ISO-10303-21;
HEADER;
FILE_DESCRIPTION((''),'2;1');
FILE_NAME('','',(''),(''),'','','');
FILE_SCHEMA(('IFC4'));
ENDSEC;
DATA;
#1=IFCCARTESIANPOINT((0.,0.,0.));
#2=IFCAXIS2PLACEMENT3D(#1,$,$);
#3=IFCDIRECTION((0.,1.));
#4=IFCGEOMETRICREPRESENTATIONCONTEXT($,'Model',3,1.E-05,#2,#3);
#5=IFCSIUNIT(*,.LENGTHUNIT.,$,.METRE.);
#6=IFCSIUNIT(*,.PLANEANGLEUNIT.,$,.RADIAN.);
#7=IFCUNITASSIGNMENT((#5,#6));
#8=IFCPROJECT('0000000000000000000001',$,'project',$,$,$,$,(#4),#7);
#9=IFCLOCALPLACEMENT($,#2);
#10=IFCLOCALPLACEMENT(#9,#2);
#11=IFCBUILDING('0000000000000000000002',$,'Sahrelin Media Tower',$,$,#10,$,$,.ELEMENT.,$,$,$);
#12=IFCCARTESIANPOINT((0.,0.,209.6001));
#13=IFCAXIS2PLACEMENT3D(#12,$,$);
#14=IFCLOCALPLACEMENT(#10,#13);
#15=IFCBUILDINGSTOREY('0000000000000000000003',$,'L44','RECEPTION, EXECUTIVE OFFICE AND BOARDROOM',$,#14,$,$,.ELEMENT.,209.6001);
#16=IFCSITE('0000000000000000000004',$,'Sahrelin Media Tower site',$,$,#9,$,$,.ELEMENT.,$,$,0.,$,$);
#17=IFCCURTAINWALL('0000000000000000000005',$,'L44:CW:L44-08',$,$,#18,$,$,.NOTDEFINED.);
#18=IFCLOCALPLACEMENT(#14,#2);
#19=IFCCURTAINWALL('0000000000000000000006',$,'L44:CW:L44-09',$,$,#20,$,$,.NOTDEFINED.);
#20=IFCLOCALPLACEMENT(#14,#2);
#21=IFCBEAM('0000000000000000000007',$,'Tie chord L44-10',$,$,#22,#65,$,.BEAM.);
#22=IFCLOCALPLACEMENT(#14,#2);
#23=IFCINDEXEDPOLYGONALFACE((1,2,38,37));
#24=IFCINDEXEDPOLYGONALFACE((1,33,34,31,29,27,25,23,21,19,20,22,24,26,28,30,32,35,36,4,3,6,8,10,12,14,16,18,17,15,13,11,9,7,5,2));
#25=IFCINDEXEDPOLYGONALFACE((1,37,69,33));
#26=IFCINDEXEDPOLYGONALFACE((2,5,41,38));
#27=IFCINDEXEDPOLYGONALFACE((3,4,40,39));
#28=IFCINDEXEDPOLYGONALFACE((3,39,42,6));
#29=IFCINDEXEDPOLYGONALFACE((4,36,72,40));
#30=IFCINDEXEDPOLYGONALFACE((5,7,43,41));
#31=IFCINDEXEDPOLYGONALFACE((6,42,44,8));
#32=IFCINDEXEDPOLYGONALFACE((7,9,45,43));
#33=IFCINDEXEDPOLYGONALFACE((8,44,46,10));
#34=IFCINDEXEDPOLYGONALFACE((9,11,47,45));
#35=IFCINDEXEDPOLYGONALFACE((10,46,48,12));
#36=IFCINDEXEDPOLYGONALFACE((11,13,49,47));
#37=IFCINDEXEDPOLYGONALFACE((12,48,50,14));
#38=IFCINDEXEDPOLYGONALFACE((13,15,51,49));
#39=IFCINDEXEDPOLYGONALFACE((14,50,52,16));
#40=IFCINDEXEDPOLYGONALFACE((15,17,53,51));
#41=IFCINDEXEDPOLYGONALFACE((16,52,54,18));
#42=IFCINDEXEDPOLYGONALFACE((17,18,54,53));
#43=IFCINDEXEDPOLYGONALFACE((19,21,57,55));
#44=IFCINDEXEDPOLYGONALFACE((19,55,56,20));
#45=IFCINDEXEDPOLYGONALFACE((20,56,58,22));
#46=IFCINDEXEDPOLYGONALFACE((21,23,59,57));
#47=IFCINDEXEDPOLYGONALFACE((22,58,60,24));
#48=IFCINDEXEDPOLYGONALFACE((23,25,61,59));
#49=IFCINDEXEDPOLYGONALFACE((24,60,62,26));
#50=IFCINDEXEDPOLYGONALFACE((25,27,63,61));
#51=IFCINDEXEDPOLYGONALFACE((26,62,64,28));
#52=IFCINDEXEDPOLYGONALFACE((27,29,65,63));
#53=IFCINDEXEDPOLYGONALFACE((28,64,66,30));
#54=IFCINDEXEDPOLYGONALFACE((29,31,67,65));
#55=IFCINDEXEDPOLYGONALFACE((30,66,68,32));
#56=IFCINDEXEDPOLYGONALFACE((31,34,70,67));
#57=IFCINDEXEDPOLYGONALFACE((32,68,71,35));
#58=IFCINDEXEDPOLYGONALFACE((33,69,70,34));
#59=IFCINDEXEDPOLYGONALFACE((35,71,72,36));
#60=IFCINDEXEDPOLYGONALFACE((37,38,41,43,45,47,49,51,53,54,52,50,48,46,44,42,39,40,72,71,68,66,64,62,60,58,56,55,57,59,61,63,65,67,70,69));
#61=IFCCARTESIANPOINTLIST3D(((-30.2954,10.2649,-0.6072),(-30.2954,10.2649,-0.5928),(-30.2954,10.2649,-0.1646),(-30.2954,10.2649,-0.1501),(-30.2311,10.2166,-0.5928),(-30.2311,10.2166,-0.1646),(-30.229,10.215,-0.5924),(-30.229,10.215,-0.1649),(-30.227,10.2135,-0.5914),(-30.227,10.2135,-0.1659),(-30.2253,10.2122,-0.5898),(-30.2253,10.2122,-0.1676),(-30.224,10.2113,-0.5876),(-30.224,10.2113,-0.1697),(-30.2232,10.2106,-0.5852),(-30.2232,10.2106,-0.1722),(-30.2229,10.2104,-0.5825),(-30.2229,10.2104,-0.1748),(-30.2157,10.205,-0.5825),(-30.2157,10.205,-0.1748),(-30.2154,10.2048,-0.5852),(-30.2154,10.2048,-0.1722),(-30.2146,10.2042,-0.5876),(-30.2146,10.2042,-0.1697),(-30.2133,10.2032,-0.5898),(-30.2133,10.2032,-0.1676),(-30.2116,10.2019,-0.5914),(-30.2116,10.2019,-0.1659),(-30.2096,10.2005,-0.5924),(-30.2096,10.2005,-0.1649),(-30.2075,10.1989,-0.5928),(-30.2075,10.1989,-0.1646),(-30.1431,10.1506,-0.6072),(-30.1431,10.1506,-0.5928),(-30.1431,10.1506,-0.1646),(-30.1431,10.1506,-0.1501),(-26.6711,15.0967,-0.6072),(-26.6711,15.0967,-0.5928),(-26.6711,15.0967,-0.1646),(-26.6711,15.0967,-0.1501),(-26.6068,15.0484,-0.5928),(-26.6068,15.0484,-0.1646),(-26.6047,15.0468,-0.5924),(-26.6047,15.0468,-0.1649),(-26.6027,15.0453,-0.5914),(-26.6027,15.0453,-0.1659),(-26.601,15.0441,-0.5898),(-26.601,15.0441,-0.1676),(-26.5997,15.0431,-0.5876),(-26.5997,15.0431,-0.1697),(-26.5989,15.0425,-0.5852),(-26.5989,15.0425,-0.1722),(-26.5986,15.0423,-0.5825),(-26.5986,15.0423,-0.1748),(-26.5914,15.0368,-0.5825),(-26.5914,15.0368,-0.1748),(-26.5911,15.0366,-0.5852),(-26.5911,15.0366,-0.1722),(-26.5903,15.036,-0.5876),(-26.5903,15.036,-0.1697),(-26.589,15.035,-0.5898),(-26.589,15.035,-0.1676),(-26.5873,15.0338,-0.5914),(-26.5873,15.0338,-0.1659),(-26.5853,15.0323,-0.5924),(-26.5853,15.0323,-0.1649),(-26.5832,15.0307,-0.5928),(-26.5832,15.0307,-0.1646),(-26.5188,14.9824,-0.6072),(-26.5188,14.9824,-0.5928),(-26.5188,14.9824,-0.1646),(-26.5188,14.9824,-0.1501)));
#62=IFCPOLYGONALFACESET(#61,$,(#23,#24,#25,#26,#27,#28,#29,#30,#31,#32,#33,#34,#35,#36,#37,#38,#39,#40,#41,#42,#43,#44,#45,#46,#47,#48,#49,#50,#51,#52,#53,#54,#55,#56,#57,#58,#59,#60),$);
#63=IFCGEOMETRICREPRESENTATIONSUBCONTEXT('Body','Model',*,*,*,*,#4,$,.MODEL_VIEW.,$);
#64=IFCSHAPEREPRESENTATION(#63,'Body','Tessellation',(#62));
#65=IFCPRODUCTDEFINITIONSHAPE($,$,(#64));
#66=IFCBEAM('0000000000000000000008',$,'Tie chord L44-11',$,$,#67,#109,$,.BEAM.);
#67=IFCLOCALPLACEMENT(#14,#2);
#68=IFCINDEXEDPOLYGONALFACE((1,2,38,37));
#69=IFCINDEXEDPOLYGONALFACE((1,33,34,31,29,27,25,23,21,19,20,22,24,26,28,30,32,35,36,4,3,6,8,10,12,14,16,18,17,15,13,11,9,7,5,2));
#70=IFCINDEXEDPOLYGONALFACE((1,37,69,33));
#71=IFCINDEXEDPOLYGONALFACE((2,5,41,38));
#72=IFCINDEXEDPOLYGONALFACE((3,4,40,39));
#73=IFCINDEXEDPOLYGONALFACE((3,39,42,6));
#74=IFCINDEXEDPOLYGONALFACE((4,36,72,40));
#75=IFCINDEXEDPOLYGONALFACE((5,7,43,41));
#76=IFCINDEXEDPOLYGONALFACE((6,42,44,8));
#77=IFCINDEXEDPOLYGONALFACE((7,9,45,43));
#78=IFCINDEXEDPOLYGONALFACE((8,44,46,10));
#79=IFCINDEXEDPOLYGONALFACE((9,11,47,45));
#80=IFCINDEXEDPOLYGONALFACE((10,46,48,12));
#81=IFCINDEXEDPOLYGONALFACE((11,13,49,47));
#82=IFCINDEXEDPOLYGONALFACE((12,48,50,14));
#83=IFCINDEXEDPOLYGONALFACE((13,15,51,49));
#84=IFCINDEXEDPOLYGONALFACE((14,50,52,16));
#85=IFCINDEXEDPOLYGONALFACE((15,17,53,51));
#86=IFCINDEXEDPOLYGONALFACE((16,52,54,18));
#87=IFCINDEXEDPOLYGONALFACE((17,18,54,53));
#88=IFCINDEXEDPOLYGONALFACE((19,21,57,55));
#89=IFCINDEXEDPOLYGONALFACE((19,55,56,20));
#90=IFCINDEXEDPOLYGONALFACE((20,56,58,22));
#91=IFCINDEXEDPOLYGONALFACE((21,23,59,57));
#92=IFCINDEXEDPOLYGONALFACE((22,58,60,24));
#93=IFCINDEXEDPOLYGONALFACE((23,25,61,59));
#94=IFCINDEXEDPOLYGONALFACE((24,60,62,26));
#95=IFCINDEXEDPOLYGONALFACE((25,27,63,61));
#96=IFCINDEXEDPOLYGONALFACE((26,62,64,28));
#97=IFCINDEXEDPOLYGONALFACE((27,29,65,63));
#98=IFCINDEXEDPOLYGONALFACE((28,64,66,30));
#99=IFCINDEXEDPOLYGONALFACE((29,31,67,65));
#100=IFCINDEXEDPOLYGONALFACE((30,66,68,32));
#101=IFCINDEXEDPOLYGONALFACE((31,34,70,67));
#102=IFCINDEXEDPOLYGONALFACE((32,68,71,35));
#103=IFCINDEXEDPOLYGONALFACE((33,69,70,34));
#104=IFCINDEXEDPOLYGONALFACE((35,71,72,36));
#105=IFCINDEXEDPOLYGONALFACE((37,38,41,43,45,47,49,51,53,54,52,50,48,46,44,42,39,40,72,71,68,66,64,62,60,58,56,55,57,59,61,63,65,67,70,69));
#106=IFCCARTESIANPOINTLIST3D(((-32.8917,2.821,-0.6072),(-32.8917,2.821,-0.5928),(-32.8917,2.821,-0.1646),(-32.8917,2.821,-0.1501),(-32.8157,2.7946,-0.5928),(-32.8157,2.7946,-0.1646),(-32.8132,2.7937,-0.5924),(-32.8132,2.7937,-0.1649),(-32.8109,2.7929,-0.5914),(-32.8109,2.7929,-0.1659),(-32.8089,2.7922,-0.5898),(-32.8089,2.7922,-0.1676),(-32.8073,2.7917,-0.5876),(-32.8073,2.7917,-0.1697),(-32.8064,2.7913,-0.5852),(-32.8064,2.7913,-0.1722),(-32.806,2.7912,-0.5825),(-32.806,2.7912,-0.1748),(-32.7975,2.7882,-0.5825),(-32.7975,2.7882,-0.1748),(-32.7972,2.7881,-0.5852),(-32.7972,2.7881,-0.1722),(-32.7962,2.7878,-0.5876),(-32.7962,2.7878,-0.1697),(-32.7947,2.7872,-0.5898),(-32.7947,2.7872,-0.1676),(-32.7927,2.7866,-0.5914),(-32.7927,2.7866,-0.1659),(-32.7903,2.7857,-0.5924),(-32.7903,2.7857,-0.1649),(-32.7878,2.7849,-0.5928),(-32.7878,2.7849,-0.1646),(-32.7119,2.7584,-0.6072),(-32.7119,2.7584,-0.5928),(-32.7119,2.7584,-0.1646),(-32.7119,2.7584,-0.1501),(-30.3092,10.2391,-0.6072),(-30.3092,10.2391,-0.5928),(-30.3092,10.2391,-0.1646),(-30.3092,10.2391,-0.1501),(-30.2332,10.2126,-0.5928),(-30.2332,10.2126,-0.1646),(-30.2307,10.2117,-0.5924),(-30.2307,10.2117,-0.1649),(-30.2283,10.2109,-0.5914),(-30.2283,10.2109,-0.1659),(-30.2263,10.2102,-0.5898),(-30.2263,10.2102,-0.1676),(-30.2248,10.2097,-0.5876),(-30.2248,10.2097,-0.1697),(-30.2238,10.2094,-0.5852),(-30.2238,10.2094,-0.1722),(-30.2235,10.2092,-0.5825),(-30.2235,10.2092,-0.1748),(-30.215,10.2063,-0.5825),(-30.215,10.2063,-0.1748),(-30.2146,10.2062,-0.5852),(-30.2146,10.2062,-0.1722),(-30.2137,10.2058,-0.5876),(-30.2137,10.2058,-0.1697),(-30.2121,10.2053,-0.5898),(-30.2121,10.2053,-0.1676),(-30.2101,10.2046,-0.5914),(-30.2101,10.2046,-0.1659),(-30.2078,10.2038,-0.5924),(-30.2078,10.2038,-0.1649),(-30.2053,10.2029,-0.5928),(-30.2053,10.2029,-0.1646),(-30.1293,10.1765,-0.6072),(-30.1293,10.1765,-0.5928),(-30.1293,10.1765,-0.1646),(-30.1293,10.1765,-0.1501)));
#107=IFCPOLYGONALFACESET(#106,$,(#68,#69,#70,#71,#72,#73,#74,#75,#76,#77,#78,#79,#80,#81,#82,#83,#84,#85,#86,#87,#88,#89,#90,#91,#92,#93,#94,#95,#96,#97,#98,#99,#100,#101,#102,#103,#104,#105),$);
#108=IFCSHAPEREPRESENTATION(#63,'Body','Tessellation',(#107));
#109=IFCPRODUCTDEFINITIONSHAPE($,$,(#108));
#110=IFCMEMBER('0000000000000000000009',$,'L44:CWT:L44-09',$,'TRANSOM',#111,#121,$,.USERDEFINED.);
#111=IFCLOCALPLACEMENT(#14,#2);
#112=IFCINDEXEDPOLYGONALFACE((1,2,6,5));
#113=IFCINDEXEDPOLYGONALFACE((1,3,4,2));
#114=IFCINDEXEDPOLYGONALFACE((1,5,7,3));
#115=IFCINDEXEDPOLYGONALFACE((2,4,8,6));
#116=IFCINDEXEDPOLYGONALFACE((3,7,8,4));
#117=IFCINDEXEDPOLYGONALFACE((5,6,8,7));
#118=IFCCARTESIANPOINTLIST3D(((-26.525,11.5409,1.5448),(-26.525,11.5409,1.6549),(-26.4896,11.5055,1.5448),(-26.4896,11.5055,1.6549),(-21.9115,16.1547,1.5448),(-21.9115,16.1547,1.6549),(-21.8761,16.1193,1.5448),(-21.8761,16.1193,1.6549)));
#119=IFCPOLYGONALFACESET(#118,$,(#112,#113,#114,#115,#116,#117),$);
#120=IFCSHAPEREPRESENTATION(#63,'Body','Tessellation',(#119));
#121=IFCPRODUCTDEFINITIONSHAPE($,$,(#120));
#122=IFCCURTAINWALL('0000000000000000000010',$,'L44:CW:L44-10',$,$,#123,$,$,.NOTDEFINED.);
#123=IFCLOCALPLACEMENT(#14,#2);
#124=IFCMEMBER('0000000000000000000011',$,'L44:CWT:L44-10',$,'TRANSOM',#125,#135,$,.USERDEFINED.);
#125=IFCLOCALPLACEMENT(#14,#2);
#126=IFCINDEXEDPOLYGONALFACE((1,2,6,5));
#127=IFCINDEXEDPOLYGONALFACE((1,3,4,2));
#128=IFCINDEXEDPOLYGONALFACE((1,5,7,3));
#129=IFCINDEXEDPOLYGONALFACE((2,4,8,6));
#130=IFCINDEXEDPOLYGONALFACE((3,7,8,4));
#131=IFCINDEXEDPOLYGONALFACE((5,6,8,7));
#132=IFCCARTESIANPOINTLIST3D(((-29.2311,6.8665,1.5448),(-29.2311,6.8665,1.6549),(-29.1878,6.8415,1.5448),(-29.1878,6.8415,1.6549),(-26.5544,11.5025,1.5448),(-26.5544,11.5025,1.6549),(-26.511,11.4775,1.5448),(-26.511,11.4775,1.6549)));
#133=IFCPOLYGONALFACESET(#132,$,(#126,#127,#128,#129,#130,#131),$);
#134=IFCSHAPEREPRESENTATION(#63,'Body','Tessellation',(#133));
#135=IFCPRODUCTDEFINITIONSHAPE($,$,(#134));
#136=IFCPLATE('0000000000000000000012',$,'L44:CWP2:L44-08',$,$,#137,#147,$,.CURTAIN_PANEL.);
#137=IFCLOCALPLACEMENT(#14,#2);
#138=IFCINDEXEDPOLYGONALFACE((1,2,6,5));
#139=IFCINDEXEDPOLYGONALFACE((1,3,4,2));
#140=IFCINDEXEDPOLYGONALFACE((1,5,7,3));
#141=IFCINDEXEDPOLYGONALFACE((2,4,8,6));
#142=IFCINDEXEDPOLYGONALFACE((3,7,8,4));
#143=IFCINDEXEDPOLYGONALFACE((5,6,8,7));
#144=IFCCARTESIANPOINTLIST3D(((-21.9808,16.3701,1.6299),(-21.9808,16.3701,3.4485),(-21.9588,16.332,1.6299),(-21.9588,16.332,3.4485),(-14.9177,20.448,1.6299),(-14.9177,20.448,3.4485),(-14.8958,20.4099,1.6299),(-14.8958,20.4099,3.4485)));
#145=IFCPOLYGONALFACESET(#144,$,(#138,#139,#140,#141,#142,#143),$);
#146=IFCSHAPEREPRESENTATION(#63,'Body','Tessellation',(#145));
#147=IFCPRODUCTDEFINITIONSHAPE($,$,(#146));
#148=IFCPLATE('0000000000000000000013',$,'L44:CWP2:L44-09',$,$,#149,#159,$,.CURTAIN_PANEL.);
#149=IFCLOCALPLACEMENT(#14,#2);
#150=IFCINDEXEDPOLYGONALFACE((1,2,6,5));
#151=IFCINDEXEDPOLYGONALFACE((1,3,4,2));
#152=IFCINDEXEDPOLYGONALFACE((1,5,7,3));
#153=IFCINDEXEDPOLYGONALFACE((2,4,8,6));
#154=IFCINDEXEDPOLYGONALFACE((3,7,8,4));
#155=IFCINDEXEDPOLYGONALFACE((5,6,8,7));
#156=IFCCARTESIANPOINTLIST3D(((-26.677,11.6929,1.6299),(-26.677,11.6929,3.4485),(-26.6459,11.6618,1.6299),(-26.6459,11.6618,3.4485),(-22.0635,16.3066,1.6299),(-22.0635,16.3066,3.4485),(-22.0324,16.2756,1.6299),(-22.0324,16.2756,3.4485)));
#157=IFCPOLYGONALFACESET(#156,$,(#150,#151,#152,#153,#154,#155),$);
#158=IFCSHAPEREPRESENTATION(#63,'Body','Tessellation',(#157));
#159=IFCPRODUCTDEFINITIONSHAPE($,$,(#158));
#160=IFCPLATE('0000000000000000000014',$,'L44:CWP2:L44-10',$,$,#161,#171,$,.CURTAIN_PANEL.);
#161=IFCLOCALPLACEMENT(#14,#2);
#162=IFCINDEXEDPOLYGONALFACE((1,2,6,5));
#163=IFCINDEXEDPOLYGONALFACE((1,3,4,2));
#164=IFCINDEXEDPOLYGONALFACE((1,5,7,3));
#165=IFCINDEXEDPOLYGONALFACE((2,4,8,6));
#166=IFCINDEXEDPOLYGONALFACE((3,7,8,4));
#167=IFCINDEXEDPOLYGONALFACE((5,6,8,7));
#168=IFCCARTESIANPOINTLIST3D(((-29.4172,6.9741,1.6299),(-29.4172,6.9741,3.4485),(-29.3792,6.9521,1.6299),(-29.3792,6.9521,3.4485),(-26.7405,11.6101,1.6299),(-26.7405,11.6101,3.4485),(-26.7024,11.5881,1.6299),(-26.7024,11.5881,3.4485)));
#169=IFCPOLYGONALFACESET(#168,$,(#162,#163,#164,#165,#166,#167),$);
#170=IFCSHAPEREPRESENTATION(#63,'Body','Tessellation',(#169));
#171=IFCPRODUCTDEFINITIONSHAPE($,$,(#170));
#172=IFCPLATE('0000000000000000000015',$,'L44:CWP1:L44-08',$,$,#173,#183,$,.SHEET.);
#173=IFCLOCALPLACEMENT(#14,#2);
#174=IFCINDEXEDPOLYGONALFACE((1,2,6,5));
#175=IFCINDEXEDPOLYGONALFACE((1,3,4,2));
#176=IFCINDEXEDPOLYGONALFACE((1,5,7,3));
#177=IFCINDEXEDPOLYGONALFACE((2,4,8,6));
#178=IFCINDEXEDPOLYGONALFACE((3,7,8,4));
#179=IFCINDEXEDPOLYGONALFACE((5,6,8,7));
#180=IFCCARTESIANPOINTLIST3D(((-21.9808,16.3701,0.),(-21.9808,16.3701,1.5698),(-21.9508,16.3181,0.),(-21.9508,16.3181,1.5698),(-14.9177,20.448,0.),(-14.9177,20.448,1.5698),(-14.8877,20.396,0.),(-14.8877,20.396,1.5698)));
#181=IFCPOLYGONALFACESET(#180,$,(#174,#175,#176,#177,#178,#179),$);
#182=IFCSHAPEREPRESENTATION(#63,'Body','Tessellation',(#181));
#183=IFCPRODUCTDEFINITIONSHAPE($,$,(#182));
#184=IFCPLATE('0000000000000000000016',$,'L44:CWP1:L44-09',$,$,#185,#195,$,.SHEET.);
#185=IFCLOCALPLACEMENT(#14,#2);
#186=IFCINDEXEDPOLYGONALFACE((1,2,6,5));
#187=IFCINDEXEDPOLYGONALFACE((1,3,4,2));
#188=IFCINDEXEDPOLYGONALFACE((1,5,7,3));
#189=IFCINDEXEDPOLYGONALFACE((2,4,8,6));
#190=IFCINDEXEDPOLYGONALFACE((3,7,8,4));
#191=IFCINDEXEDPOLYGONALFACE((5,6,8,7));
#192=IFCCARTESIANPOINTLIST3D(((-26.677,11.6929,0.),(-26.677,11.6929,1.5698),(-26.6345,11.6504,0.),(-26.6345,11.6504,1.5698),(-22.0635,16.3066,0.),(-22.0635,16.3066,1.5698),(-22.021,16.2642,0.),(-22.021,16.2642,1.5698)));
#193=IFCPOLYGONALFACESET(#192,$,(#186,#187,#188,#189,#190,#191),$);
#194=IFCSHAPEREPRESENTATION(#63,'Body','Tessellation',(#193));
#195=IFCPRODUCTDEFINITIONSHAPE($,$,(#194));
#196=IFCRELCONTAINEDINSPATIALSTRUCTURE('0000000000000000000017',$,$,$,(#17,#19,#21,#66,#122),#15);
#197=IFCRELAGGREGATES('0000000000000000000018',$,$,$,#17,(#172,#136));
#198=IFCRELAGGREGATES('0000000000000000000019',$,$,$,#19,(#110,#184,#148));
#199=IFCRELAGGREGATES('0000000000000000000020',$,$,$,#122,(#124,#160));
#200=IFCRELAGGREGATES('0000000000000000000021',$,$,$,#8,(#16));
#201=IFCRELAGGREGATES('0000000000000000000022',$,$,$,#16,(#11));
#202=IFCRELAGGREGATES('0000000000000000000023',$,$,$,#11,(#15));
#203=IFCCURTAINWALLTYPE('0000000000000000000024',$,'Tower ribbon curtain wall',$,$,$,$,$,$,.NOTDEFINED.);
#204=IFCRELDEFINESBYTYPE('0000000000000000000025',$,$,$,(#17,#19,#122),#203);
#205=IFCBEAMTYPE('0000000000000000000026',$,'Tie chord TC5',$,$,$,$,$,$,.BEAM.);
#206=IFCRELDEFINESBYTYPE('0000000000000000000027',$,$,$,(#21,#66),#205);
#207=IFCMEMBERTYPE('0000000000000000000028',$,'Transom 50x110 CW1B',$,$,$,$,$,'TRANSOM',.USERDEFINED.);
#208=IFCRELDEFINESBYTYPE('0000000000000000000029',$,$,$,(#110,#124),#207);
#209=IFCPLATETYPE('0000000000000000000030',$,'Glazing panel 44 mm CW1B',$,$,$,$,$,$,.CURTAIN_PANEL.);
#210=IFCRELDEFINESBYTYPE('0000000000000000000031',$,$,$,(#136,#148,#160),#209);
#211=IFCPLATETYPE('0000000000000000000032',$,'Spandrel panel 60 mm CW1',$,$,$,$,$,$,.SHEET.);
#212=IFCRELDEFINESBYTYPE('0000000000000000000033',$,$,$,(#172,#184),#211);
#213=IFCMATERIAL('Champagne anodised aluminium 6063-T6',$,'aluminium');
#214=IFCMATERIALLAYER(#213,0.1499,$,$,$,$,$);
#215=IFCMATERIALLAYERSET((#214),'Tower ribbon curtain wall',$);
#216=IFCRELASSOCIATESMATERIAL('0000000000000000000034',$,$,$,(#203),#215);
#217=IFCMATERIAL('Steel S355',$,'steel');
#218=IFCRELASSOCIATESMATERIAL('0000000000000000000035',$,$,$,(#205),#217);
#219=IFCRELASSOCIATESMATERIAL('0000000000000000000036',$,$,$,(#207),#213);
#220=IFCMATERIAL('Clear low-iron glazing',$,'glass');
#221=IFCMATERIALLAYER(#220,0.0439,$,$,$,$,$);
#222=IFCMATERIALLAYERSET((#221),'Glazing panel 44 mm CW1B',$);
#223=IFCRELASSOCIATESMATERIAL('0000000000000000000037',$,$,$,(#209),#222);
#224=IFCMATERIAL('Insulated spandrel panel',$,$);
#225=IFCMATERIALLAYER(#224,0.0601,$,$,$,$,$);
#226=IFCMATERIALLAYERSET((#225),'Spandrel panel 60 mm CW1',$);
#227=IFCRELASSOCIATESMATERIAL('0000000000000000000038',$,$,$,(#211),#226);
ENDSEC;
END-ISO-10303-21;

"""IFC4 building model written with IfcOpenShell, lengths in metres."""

from ifc_helpers import new_model, si_unit, direction, frame, origin, origin_2d, place, context, subcontext, project, spatial, polyline, rectangle, i_section, outline, extrude, material, layer, layer_set, material_profile, profile_set, type_object, element, aggregate, save


model = new_model("IFC4")

# Units and contexts
model_context = context("Model", 3, precision=1e-05, world=origin(), true_north=direction((0.0, 1.0)))
body_context = subcontext(model_context, "Body", "Model", "MODEL_VIEW")
ifc_project = project(units=[si_unit("LENGTHUNIT", "METRE"), si_unit("PLANEANGLEUNIT", "RADIAN")], contexts=[model_context])

# Site, building, storey
site_placement = place(None, origin())
site = spatial("IfcSite", under=ifc_project, at=site_placement, Name="Sahrelin Media Tower site", CompositionType="ELEMENT", RefElevation=0.0)
building_placement = place(site_placement, origin())
building = spatial("IfcBuilding", under=site, at=building_placement, Name="Sahrelin Media Tower", CompositionType="ELEMENT")
storey_placement = place(building_placement, frame((0.0, 0.0, 209.6001)))
storey = spatial("IfcBuildingStorey", under=building, at=storey_placement, Name="L44", Description="RECEPTION, EXECUTIVE OFFICE AND BOARDROOM", CompositionType="ELEMENT", Elevation=209.6001)

# Shared definitions
ifc_material_1 = material(Name="Steel S355", Category="steel")

# Curtain walls
ifc_material_2 = material(Name="Champagne anodised aluminium 6063-T6", Category="aluminium")
ifc_layer_1 = layer(ifc_material_2, 0.1499)
ifc_layer_set_1 = layer_set([ifc_layer_1], Name="Tower ribbon curtain wall")
curtain_wall_type = type_object("IfcCurtainWallType", Name="Tower ribbon curtain wall", PredefinedType="NOTDEFINED", material=ifc_layer_set_1)
curtain_wall_1_placement = place(storey_placement, frame((-18.4392, 18.3916, 0.0), z_axis=(0.0, 0.0, 1.0), x_axis=(1.0, 0.0, 0.0)))
curtain_wall_1 = element("IfcCurtainWall", 1, at=curtain_wall_1_placement, inside=storey, type_object=curtain_wall_type, Name="L44:CW:L44-08", PredefinedType="NOTDEFINED")
curtain_wall_2_placement = place(storey_placement, frame((-24.3562, 13.9856, 0.0), z_axis=(0.0, 0.0, 1.0), x_axis=(1.0, 0.0, 0.0)))
curtain_wall_2 = element("IfcCurtainWall", 2, at=curtain_wall_2_placement, inside=storey, type_object=curtain_wall_type, Name="L44:CW:L44-09", PredefinedType="NOTDEFINED")

# Beams
ifc_material_profile_1 = material_profile(ifc_material_1, i_section(OverallWidth=0.1904, OverallDepth=0.457, WebThickness=0.009, FlangeThickness=0.0144, FilletRadius=0.0103, at=origin_2d()), Name="UB 457x191x74")
ifc_profile_set_1 = profile_set([ifc_material_profile_1], Name="Steel S355")
beam_type_1 = type_object("IfcBeamType", Name="Tie chord TC5", PredefinedType="BEAM", material=ifc_profile_set_1)
beam_1_placement = place(storey_placement, frame((-26.595, 15.0396, -0.3787), z_axis=(-0.600045, -0.799966, 0.0), x_axis=(0.799966, -0.600045, 0.0)))
element("IfcBeam", 3, at=beam_1_placement, inside=storey, type_object=beam_type_1, Name="Tie chord L44-10", PredefinedType="BEAM", context=body_context, shape_type="SweptSolid", body=[
    extrude(i_section(OverallWidth=0.1904, OverallDepth=0.457, WebThickness=0.009, FlangeThickness=0.0144, FilletRadius=0.0103, at=origin_2d()), origin(), (0.0, 0.0, 1.0), 6.04),
])
beam_2_placement = place(storey_placement, frame((-30.2192, 10.2078, -0.3787), z_axis=(-0.328788, -0.944404, 0.0), x_axis=(0.944404, -0.328788, 0.0)))
element("IfcBeam", 4, at=beam_2_placement, inside=storey, type_object=beam_type_1, Name="Tie chord L44-11", PredefinedType="BEAM", context=body_context, shape_type="SweptSolid", body=[
    extrude(i_section(OverallWidth=0.1904, OverallDepth=0.457, WebThickness=0.009, FlangeThickness=0.0144, FilletRadius=0.0103, at=origin_2d()), origin(), (0.0, 0.0, 1.0), 7.8547),
])

# Member
ifc_material_profile_2 = material_profile(ifc_material_2, rectangle(XDim=0.05, YDim=0.1101, at=origin_2d()), Name="Transom 50x110")
ifc_profile_set_2 = profile_set([ifc_material_profile_2], Name="Champagne anodised aluminium 6063-T6")
member_type_1 = type_object("IfcMemberType", Name="Transom 50x110 CW1B", ElementType="TRANSOM", PredefinedType="USERDEFINED", material=ifc_profile_set_2)
member_1_placement = place(storey_placement, frame((-21.8938, 16.137, 1.5999), z_axis=(-0.707088, -0.707125, 0.0), x_axis=(0.707125, -0.707088, 0.0)))
member_1 = element("IfcMember", 5, at=member_1_placement, type_object=member_type_1, Name="L44:CWT:L44-09", ObjectType="TRANSOM", PredefinedType="USERDEFINED", context=body_context, shape_type="SweptSolid", body=[
    extrude(rectangle(XDim=0.05, YDim=0.1101, at=origin_2d()), origin(), (0.0, 0.0, 1.0), 6.5247),
])

# Curtain wall, member
curtain_wall_3_placement = place(storey_placement, frame((-28.0615, 9.282, 0.0), z_axis=(0.0, 0.0, 1.0), x_axis=(1.0, 0.0, 0.0)))
curtain_wall_3 = element("IfcCurtainWall", 6, at=curtain_wall_3_placement, inside=storey, type_object=curtain_wall_type, Name="L44:CW:L44-10", PredefinedType="NOTDEFINED")
member_2_placement = place(storey_placement, frame((-26.5327, 11.49, 1.5999), z_axis=(-0.500024, -0.866012, 0.0), x_axis=(0.866012, -0.500024, 0.0)))
member_2 = element("IfcMember", 7, at=member_2_placement, type_object=member_type_1, Name="L44:CWT:L44-10", ObjectType="TRANSOM", PredefinedType="USERDEFINED", context=body_context, shape_type="SweptSolid", body=[
    extrude(rectangle(XDim=0.05, YDim=0.1101, at=origin_2d()), origin(), (0.0, 0.0, 1.0), 5.3533),
])

# Plates
ifc_material_3 = material(Name="Clear low-iron glazing", Category="glass")
ifc_layer_2 = layer(ifc_material_3, 0.0439)
ifc_layer_set_2 = layer_set([ifc_layer_2], Name="Glazing panel 44 mm CW1B")
plate_type_1 = type_object("IfcPlateType", Name="Glazing panel 44 mm CW1B", PredefinedType="CURTAIN_PANEL", material=ifc_layer_set_2)
plate_1_placement = place(storey_placement, frame((-14.9177, 20.448, 1.6299), z_axis=(-0.500006, 0.866022, 0.0), x_axis=(-0.866022, -0.500006, 0.0)))
plate_1 = element("IfcPlate", 8, at=plate_1_placement, type_object=plate_type_1, Name="L44:CWP2:L44-08", PredefinedType="CURTAIN_PANEL", context=body_context, shape_type="SweptSolid", body=[
    extrude(outline(polyline([(0.0, 0.0), (8.1558, 0.0), (8.1558, 1.8186), (0.0, 1.8186), (0.0, 0.0)])), origin(), (0.0, 0.0, -1.0), 0.0439),
])
plate_2_placement = place(storey_placement, frame((-22.0635, 16.3066, 1.6299), z_axis=(-0.707125, 0.707088, 0.0), x_axis=(-0.707088, -0.707125, 0.0)))
plate_2 = element("IfcPlate", 9, at=plate_2_placement, type_object=plate_type_1, Name="L44:CWP2:L44-09", PredefinedType="CURTAIN_PANEL", context=body_context, shape_type="SweptSolid", body=[
    extrude(outline(polyline([(0.0, 0.0), (6.5247, 0.0), (6.5247, 1.8186), (0.0, 1.8186), (0.0, 0.0)])), origin(), (0.0, 0.0, -1.0), 0.0439),
])
plate_3_placement = place(storey_placement, frame((-26.7405, 11.6101, 1.6299), z_axis=(-0.866012, 0.500024, 0.0), x_axis=(-0.500024, -0.866012, 0.0)))
plate_3 = element("IfcPlate", 10, at=plate_3_placement, type_object=plate_type_1, Name="L44:CWP2:L44-10", PredefinedType="CURTAIN_PANEL", context=body_context, shape_type="SweptSolid", body=[
    extrude(outline(polyline([(0.0, 0.0), (5.3533, 0.0), (5.3533, 1.8186), (0.0, 1.8186), (0.0, 0.0)])), origin(), (0.0, 0.0, -1.0), 0.0439),
])
ifc_material_4 = material(Name="Insulated spandrel panel")
ifc_layer_3 = layer(ifc_material_4, 0.0601)
ifc_layer_set_3 = layer_set([ifc_layer_3], Name="Spandrel panel 60 mm CW1")
plate_type_2 = type_object("IfcPlateType", Name="Spandrel panel 60 mm CW1", PredefinedType="SHEET", material=ifc_layer_set_3)
plate_4_placement = place(storey_placement, frame((-14.9177, 20.448, 0.0), z_axis=(-0.500006, 0.866022, 0.0), x_axis=(-0.866022, -0.500006, 0.0)))
plate_4 = element("IfcPlate", 11, at=plate_4_placement, type_object=plate_type_2, Name="L44:CWP1:L44-08", PredefinedType="SHEET", context=body_context, shape_type="SweptSolid", body=[
    extrude(outline(polyline([(0.0, 0.0), (8.1558, 0.0), (8.1558, 1.5698), (0.0, 1.5698), (0.0, 0.0)])), origin(), (0.0, 0.0, -1.0), 0.0601),
])
aggregate(curtain_wall_1, [plate_4, plate_1])
plate_5_placement = place(storey_placement, frame((-22.0635, 16.3066, 0.0), z_axis=(-0.707125, 0.707088, 0.0), x_axis=(-0.707088, -0.707125, 0.0)))
plate_5 = element("IfcPlate", 12, at=plate_5_placement, type_object=plate_type_2, Name="L44:CWP1:L44-09", PredefinedType="SHEET", context=body_context, shape_type="SweptSolid", body=[
    extrude(outline(polyline([(0.0, 0.0), (6.5247, 0.0), (6.5247, 1.5698), (0.0, 1.5698), (0.0, 0.0)])), origin(), (0.0, 0.0, -1.0), 0.0601),
])
aggregate(curtain_wall_2, [member_1, plate_5, plate_2])
aggregate(curtain_wall_3, [member_2, plate_3])

save(model, "model.ifc")
